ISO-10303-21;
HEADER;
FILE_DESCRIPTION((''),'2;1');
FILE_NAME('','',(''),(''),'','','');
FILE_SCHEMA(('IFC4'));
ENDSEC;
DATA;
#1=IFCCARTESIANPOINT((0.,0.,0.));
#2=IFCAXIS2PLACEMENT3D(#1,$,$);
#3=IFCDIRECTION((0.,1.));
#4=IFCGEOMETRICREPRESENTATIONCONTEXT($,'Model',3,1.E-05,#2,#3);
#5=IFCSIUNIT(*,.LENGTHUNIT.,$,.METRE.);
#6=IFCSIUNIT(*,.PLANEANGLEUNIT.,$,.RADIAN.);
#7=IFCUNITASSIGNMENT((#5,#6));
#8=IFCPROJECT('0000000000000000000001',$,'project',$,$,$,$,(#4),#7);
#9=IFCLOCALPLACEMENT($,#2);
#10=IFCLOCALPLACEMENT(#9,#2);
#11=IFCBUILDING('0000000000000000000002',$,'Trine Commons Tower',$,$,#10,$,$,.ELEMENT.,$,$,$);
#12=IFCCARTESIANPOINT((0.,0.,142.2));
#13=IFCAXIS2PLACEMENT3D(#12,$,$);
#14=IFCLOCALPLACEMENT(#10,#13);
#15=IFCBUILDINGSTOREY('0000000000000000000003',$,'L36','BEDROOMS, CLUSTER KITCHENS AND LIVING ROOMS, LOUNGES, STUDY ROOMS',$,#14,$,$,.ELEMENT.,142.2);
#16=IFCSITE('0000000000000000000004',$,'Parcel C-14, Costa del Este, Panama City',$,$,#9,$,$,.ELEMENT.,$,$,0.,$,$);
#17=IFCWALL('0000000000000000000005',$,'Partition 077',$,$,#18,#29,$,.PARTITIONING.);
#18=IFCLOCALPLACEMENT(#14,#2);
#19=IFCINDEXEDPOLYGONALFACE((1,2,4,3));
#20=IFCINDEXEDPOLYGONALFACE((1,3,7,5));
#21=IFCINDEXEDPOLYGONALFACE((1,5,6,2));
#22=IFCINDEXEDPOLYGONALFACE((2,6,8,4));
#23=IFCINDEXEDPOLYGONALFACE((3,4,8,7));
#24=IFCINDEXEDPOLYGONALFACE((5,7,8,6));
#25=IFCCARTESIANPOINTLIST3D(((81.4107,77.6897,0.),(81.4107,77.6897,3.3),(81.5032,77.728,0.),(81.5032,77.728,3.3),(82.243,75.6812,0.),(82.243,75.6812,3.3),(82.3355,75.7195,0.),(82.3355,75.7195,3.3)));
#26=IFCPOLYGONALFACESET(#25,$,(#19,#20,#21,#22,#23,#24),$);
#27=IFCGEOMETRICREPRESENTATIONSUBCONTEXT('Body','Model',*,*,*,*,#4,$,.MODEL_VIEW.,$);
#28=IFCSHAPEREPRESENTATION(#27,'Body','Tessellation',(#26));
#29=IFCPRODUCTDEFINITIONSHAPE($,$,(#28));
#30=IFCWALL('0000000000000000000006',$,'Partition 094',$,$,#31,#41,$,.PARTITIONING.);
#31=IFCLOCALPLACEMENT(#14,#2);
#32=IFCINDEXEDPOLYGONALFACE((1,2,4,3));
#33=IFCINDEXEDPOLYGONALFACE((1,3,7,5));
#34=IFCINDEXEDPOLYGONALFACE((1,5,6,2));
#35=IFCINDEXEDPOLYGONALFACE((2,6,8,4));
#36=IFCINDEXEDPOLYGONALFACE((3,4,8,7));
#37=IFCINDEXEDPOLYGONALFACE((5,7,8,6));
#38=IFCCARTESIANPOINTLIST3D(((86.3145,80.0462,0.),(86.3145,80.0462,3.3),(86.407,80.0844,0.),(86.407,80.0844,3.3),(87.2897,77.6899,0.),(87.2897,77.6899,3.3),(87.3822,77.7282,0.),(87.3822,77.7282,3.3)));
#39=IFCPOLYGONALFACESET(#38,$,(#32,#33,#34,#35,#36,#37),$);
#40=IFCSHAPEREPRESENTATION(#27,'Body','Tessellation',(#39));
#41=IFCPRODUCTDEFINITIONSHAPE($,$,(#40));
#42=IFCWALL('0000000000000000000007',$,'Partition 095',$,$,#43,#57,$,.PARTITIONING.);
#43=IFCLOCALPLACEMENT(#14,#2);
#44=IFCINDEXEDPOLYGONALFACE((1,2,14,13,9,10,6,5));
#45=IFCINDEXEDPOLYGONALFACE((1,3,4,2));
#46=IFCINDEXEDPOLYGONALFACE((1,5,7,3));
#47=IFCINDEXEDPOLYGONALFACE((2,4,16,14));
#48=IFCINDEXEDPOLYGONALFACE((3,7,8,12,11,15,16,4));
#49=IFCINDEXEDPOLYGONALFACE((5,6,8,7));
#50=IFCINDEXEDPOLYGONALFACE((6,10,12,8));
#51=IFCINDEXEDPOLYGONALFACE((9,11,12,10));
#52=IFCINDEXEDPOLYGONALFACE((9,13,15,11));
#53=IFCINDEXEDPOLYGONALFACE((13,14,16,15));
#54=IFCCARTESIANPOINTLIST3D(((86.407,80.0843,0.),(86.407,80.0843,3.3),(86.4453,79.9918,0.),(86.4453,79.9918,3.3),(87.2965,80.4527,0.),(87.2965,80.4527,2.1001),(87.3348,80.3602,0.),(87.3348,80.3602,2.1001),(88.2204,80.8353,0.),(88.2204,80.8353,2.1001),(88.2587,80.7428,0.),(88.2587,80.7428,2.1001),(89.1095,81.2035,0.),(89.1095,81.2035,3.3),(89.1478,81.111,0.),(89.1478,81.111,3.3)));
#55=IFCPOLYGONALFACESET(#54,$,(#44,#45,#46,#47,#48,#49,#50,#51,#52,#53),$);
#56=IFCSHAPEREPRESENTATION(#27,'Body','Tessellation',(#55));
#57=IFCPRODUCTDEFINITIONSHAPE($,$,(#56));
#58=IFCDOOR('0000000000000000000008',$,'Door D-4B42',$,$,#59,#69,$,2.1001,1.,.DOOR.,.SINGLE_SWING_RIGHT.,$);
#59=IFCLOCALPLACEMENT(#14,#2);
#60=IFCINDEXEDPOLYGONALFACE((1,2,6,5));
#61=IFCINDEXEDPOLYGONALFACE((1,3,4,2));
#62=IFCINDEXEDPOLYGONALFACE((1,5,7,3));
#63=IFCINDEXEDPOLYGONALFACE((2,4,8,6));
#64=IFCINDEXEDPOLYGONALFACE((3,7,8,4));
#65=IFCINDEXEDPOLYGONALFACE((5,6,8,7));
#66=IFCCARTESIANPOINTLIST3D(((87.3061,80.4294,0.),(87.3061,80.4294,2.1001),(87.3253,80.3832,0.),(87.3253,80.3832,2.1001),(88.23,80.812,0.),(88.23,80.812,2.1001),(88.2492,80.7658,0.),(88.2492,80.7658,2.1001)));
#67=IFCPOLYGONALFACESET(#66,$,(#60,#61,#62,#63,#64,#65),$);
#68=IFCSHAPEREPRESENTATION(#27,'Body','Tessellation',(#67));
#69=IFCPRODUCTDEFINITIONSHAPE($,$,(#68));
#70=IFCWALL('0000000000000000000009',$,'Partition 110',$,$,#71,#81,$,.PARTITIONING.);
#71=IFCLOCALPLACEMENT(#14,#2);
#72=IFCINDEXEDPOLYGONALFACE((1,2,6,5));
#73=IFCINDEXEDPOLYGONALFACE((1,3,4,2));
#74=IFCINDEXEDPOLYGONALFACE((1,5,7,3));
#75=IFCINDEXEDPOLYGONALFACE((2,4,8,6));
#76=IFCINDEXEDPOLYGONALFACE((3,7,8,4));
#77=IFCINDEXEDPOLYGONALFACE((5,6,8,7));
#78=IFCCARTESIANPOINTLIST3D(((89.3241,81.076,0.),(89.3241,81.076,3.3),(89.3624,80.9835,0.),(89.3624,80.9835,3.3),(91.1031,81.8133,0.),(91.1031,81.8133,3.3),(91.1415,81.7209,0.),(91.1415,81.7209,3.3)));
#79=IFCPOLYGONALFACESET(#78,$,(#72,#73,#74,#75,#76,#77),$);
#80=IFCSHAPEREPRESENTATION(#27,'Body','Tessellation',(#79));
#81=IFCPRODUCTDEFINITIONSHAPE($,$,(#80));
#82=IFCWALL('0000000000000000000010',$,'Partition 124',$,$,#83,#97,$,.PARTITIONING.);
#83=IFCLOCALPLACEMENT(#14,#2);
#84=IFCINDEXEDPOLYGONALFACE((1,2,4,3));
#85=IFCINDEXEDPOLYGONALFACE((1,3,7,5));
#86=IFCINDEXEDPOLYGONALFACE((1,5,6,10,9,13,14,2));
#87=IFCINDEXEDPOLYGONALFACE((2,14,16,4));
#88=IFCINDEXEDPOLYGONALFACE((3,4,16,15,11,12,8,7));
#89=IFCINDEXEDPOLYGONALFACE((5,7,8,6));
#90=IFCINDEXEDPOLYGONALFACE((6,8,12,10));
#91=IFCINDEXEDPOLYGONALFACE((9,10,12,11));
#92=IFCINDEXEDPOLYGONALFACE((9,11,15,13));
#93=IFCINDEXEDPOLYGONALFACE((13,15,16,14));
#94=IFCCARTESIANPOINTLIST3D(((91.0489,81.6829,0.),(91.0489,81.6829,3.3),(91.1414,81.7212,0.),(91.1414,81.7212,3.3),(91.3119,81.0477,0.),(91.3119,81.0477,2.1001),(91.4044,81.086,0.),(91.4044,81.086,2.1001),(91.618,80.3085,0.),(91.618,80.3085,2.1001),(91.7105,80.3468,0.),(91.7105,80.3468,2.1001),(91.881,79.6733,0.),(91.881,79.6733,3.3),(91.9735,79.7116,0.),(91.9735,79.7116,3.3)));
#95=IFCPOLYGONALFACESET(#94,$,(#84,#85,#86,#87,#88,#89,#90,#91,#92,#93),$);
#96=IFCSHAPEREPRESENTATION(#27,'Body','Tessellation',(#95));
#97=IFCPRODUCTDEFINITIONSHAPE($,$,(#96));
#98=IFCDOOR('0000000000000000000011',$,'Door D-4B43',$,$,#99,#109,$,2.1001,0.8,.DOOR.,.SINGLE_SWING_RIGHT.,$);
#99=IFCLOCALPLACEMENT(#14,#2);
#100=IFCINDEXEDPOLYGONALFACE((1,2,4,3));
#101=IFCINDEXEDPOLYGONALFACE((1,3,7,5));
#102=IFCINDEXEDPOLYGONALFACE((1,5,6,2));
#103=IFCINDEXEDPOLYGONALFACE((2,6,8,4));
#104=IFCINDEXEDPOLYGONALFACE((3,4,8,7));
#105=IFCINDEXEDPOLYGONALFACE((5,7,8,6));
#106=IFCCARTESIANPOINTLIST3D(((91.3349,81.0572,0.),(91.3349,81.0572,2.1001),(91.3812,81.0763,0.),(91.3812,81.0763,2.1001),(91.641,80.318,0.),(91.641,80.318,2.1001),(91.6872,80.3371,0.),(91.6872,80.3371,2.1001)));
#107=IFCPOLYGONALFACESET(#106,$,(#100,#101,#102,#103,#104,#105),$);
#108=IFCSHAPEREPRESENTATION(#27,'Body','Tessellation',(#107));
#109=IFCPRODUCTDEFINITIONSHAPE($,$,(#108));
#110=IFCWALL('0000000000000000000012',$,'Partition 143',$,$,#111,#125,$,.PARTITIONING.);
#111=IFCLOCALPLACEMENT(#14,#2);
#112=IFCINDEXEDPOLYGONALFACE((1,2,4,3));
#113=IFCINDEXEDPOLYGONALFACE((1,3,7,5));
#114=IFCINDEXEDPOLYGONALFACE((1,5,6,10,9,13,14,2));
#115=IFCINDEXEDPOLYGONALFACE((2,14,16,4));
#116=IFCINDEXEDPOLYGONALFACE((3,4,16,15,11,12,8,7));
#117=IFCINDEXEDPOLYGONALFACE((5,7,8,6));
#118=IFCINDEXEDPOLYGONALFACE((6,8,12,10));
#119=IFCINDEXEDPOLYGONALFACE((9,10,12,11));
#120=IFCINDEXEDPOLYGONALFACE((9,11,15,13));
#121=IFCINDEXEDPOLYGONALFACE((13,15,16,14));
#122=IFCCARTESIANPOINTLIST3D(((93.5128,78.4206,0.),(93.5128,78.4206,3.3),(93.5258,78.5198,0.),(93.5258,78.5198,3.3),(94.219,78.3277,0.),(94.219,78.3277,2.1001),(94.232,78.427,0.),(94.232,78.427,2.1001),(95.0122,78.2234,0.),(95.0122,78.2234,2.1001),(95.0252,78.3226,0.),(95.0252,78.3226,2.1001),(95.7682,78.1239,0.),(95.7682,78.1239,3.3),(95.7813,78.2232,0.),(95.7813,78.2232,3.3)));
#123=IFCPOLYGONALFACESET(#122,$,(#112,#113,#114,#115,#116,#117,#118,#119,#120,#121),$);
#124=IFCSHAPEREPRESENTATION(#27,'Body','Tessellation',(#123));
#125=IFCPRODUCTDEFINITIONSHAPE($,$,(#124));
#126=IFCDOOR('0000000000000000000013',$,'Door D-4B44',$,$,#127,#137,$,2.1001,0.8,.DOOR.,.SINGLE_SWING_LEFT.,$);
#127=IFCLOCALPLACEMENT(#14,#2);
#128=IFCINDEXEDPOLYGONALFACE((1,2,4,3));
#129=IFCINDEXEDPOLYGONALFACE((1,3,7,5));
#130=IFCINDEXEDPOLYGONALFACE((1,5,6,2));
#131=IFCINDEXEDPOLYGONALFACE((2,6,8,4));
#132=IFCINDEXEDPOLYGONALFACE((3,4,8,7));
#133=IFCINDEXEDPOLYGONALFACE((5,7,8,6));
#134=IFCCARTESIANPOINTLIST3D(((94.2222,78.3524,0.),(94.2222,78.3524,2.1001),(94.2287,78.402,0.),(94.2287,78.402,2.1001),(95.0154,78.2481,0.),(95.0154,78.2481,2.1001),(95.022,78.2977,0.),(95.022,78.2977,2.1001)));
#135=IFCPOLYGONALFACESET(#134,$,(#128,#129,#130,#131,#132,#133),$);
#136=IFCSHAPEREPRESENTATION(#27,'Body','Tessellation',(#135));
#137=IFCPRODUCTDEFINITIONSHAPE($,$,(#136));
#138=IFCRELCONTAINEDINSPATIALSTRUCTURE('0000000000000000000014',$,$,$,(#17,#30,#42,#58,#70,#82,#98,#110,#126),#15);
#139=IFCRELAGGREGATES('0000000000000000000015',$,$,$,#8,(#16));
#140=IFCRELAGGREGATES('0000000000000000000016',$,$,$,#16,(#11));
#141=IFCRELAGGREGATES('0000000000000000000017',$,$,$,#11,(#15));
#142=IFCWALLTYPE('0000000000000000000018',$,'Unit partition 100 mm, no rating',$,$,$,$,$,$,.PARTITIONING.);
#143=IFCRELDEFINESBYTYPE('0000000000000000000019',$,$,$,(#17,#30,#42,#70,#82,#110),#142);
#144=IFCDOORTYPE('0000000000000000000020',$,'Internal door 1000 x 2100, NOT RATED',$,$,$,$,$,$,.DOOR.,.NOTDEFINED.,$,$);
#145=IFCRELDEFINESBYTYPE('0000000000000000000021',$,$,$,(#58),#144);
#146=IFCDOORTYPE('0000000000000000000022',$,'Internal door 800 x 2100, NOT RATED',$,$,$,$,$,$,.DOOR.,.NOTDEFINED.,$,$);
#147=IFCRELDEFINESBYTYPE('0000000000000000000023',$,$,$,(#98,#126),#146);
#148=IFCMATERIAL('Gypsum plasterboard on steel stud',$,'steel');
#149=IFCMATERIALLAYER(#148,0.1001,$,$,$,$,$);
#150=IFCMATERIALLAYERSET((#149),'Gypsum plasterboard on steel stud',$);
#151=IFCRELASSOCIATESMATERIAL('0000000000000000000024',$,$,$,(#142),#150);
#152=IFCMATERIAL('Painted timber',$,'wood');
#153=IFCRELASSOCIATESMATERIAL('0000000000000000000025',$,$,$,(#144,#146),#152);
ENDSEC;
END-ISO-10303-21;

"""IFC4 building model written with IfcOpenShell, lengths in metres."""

from ifc_helpers import new_model, si_unit, direction, frame, frame_2d, origin, place, context, subcontext, project, spatial, rectangle, extrude, material, layer, layer_set, type_object, element, fill, save


model = new_model("IFC4")

# Units and contexts
model_context = context("Model", 3, precision=1e-05, world=origin(), true_north=direction((0.0, 1.0)))
body_context = subcontext(model_context, "Body", "Model", "MODEL_VIEW")
ifc_project = project(units=[si_unit("LENGTHUNIT", "METRE"), si_unit("PLANEANGLEUNIT", "RADIAN")], contexts=[model_context])

# Site, building, storey
site_placement = place(None, origin())
site = spatial("IfcSite", under=ifc_project, at=site_placement, Name="Parcel C-14, Costa del Este, Panama City", CompositionType="ELEMENT", RefElevation=0.0)
building_placement = place(site_placement, origin())
building = spatial("IfcBuilding", under=site, at=building_placement, Name="Trine Commons Tower", CompositionType="ELEMENT")
storey_placement = place(building_placement, frame((0.0, 0.0, 142.2)))
storey = spatial("IfcBuildingStorey", under=building, at=storey_placement, Name="L36", Description="BEDROOMS, CLUSTER KITCHENS AND LIVING ROOMS, LOUNGES, STUDY ROOMS", CompositionType="ELEMENT", Elevation=142.2)

# Shared definitions
ifc_material_1 = material(Name="Gypsum plasterboard on steel stud", Category="steel")

# Walls
ifc_layer_1 = layer(ifc_material_1, 0.1001)
ifc_layer_set_1 = layer_set([ifc_layer_1], Name="Gypsum plasterboard on steel stud")
wall_type_1 = type_object("IfcWallType", Name="Unit partition 100 mm, no rating", PredefinedType="PARTITIONING", material=ifc_layer_set_1)
wall_1_placement = place(storey_placement, frame((81.457, 77.7087, 0.0), z_axis=(0.0, 0.0, 1.0), x_axis=(0.382805, -0.923829, 0.0)))
element("IfcWall", 1, at=wall_1_placement, inside=storey, type_object=wall_type_1, Name="Partition 077", PredefinedType="PARTITIONING", context=body_context, shape_type="SweptSolid", body=[
    extrude(rectangle(XDim=2.1741, YDim=0.1001, at=frame_2d((1.0869, 0.0))), origin(), (0.0, 0.0, 1.0), 3.3),
])
wall_2_placement = place(storey_placement, frame((86.3608, 80.0652, 0.0), z_axis=(0.0, 0.0, 1.0), x_axis=(0.382391, -0.924001, 0.0)))
element("IfcWall", 2, at=wall_2_placement, inside=storey, type_object=wall_type_1, Name="Partition 094", PredefinedType="PARTITIONING", context=body_context, shape_type="SweptSolid", body=[
    extrude(rectangle(XDim=2.55, YDim=0.1001, at=frame_2d((1.2749, 0.0))), origin(), (0.0, 0.0, 1.0), 3.3),
])

# Wall, opening, door
wall_3_placement = place(storey_placement, frame((86.4263, 80.0381, 0.0), z_axis=(0.0, 0.0, 1.0), x_axis=(0.923907, 0.382617, 0.0)))
wall_3 = element("IfcWall", 3, at=wall_3_placement, inside=storey, type_object=wall_type_1, Name="Partition 095", PredefinedType="PARTITIONING", context=body_context, shape_type="SweptSolid", body=[
    extrude(rectangle(XDim=2.925, YDim=0.1001, at=frame_2d((1.4624, 0.0))), origin(), (0.0, 0.0, 1.0), 3.3),
])
opening_1_placement = place(wall_3_placement, frame((0.9626, 0.0, 0.0)))
opening_1 = element("IfcOpeningElement", 4, at=opening_1_placement, cuts=wall_3, PredefinedType="OPENING", context=body_context, shape_type="SweptSolid", body=[
    extrude(rectangle(XDim=1.0, YDim=2.1001, at=frame_2d((0.5, 1.05))), frame((0.0, 0.0601, 0.0), z_axis=(0.0, -1.0, 0.0), x_axis=(1.0, 0.0, 0.0)), (0.0, 0.0, 1.0), 0.1201),
])
ifc_material_2 = material(Name="Painted timber", Category="wood")
door_type_1 = type_object("IfcDoorType", Name="Internal door 1000 x 2100, NOT RATED", OperationType="NOTDEFINED", PredefinedType="DOOR", material=ifc_material_2)
door_1_placement = place(opening_1_placement, origin())
door_1 = element("IfcDoor", 5, at=door_1_placement, inside=storey, type_object=door_type_1, Name="Door D-4B42", OperationType="SINGLE_SWING_RIGHT", OverallHeight=2.1001, OverallWidth=1.0, PredefinedType="DOOR", context=body_context, shape_type="SweptSolid", body=[
    extrude(rectangle(XDim=1.0, YDim=2.1001, at=frame_2d((0.5, 1.05))), frame((0.0, 0.0249, 0.0), z_axis=(0.0, -1.0, 0.0), x_axis=(1.0, 0.0, 0.0)), (0.0, 0.0, 1.0), 0.05),
])
fill(opening_1, door_1)

# Wall
wall_4_placement = place(storey_placement, frame((89.3433, 81.0298, 0.0), z_axis=(0.0, 0.0, 1.0), x_axis=(0.923807, 0.382859, 0.0)))
element("IfcWall", 6, at=wall_4_placement, inside=storey, type_object=wall_type_1, Name="Partition 110", PredefinedType="PARTITIONING", context=body_context, shape_type="SweptSolid", body=[
    extrude(rectangle(XDim=1.9258, YDim=0.1001, at=frame_2d((0.9629, 0.0))), origin(), (0.0, 0.0, 1.0), 3.3),
])

# Walls, openings, doors
wall_5_placement = place(storey_placement, frame((91.0952, 81.7019, 0.0), z_axis=(0.0, 0.0, 1.0), x_axis=(0.38255, -0.923935, 0.0)))
wall_5 = element("IfcWall", 7, at=wall_5_placement, inside=storey, type_object=wall_type_1, Name="Partition 124", PredefinedType="PARTITIONING", context=body_context, shape_type="SweptSolid", body=[
    extrude(rectangle(XDim=2.175, YDim=0.1001, at=frame_2d((1.0874, 0.0))), origin(), (0.0, 0.0, 1.0), 3.3),
])
opening_2_placement = place(wall_5_placement, frame((0.6875, 0.0, 0.0)))
opening_2 = element("IfcOpeningElement", 8, at=opening_2_placement, cuts=wall_5, PredefinedType="OPENING", context=body_context, shape_type="SweptSolid", body=[
    extrude(rectangle(XDim=0.8, YDim=2.1001, at=frame_2d((0.3999, 1.05))), frame((0.0, 0.0601, 0.0), z_axis=(0.0, -1.0, 0.0), x_axis=(1.0, 0.0, 0.0)), (0.0, 0.0, 1.0), 0.1201),
])
door_type_2 = type_object("IfcDoorType", Name="Internal door 800 x 2100, NOT RATED", OperationType="NOTDEFINED", PredefinedType="DOOR", material=ifc_material_2)
door_2_placement = place(opening_2_placement, origin())
door_2 = element("IfcDoor", 9, at=door_2_placement, inside=storey, type_object=door_type_2, Name="Door D-4B43", OperationType="SINGLE_SWING_RIGHT", OverallHeight=2.1001, OverallWidth=0.8, PredefinedType="DOOR", context=body_context, shape_type="SweptSolid", body=[
    extrude(rectangle(XDim=0.8, YDim=2.1001, at=frame_2d((0.3999, 1.05))), frame((0.0, 0.0249, 0.0), z_axis=(0.0, -1.0, 0.0), x_axis=(1.0, 0.0, 0.0)), (0.0, 0.0, 1.0), 0.05),
])
fill(opening_2, door_2)
wall_6_placement = place(storey_placement, frame((93.5193, 78.4702, 0.0), z_axis=(0.0, 0.0, 1.0), x_axis=(0.991462, -0.130399, 0.0)))
wall_6 = element("IfcWall", 10, at=wall_6_placement, inside=storey, type_object=wall_type_1, Name="Partition 143", PredefinedType="PARTITIONING", context=body_context, shape_type="SweptSolid", body=[
    extrude(rectangle(XDim=2.2749, YDim=0.1001, at=frame_2d((1.1375, 0.0))), origin(), (0.0, 0.0, 1.0), 3.3),
])
opening_3_placement = place(wall_6_placement, frame((0.7124, 0.0, 0.0)))
opening_3 = element("IfcOpeningElement", 11, at=opening_3_placement, cuts=wall_6, PredefinedType="OPENING", context=body_context, shape_type="SweptSolid", body=[
    extrude(rectangle(XDim=0.8, YDim=2.1001, at=frame_2d((0.3999, 1.05))), frame((0.0, 0.0601, 0.0), z_axis=(0.0, -1.0, 0.0), x_axis=(1.0, 0.0, 0.0)), (0.0, 0.0, 1.0), 0.1201),
])
door_3_placement = place(opening_3_placement, origin())
door_3 = element("IfcDoor", 12, at=door_3_placement, inside=storey, type_object=door_type_2, Name="Door D-4B44", OperationType="SINGLE_SWING_LEFT", OverallHeight=2.1001, OverallWidth=0.8, PredefinedType="DOOR", context=body_context, shape_type="SweptSolid", body=[
    extrude(rectangle(XDim=0.8, YDim=2.1001, at=frame_2d((0.3999, 1.05))), frame((0.0, 0.0249, 0.0), z_axis=(0.0, -1.0, 0.0), x_axis=(1.0, 0.0, 0.0)), (0.0, 0.0, 1.0), 0.05),
])
fill(opening_3, door_3)

save(model, "model.ifc")
